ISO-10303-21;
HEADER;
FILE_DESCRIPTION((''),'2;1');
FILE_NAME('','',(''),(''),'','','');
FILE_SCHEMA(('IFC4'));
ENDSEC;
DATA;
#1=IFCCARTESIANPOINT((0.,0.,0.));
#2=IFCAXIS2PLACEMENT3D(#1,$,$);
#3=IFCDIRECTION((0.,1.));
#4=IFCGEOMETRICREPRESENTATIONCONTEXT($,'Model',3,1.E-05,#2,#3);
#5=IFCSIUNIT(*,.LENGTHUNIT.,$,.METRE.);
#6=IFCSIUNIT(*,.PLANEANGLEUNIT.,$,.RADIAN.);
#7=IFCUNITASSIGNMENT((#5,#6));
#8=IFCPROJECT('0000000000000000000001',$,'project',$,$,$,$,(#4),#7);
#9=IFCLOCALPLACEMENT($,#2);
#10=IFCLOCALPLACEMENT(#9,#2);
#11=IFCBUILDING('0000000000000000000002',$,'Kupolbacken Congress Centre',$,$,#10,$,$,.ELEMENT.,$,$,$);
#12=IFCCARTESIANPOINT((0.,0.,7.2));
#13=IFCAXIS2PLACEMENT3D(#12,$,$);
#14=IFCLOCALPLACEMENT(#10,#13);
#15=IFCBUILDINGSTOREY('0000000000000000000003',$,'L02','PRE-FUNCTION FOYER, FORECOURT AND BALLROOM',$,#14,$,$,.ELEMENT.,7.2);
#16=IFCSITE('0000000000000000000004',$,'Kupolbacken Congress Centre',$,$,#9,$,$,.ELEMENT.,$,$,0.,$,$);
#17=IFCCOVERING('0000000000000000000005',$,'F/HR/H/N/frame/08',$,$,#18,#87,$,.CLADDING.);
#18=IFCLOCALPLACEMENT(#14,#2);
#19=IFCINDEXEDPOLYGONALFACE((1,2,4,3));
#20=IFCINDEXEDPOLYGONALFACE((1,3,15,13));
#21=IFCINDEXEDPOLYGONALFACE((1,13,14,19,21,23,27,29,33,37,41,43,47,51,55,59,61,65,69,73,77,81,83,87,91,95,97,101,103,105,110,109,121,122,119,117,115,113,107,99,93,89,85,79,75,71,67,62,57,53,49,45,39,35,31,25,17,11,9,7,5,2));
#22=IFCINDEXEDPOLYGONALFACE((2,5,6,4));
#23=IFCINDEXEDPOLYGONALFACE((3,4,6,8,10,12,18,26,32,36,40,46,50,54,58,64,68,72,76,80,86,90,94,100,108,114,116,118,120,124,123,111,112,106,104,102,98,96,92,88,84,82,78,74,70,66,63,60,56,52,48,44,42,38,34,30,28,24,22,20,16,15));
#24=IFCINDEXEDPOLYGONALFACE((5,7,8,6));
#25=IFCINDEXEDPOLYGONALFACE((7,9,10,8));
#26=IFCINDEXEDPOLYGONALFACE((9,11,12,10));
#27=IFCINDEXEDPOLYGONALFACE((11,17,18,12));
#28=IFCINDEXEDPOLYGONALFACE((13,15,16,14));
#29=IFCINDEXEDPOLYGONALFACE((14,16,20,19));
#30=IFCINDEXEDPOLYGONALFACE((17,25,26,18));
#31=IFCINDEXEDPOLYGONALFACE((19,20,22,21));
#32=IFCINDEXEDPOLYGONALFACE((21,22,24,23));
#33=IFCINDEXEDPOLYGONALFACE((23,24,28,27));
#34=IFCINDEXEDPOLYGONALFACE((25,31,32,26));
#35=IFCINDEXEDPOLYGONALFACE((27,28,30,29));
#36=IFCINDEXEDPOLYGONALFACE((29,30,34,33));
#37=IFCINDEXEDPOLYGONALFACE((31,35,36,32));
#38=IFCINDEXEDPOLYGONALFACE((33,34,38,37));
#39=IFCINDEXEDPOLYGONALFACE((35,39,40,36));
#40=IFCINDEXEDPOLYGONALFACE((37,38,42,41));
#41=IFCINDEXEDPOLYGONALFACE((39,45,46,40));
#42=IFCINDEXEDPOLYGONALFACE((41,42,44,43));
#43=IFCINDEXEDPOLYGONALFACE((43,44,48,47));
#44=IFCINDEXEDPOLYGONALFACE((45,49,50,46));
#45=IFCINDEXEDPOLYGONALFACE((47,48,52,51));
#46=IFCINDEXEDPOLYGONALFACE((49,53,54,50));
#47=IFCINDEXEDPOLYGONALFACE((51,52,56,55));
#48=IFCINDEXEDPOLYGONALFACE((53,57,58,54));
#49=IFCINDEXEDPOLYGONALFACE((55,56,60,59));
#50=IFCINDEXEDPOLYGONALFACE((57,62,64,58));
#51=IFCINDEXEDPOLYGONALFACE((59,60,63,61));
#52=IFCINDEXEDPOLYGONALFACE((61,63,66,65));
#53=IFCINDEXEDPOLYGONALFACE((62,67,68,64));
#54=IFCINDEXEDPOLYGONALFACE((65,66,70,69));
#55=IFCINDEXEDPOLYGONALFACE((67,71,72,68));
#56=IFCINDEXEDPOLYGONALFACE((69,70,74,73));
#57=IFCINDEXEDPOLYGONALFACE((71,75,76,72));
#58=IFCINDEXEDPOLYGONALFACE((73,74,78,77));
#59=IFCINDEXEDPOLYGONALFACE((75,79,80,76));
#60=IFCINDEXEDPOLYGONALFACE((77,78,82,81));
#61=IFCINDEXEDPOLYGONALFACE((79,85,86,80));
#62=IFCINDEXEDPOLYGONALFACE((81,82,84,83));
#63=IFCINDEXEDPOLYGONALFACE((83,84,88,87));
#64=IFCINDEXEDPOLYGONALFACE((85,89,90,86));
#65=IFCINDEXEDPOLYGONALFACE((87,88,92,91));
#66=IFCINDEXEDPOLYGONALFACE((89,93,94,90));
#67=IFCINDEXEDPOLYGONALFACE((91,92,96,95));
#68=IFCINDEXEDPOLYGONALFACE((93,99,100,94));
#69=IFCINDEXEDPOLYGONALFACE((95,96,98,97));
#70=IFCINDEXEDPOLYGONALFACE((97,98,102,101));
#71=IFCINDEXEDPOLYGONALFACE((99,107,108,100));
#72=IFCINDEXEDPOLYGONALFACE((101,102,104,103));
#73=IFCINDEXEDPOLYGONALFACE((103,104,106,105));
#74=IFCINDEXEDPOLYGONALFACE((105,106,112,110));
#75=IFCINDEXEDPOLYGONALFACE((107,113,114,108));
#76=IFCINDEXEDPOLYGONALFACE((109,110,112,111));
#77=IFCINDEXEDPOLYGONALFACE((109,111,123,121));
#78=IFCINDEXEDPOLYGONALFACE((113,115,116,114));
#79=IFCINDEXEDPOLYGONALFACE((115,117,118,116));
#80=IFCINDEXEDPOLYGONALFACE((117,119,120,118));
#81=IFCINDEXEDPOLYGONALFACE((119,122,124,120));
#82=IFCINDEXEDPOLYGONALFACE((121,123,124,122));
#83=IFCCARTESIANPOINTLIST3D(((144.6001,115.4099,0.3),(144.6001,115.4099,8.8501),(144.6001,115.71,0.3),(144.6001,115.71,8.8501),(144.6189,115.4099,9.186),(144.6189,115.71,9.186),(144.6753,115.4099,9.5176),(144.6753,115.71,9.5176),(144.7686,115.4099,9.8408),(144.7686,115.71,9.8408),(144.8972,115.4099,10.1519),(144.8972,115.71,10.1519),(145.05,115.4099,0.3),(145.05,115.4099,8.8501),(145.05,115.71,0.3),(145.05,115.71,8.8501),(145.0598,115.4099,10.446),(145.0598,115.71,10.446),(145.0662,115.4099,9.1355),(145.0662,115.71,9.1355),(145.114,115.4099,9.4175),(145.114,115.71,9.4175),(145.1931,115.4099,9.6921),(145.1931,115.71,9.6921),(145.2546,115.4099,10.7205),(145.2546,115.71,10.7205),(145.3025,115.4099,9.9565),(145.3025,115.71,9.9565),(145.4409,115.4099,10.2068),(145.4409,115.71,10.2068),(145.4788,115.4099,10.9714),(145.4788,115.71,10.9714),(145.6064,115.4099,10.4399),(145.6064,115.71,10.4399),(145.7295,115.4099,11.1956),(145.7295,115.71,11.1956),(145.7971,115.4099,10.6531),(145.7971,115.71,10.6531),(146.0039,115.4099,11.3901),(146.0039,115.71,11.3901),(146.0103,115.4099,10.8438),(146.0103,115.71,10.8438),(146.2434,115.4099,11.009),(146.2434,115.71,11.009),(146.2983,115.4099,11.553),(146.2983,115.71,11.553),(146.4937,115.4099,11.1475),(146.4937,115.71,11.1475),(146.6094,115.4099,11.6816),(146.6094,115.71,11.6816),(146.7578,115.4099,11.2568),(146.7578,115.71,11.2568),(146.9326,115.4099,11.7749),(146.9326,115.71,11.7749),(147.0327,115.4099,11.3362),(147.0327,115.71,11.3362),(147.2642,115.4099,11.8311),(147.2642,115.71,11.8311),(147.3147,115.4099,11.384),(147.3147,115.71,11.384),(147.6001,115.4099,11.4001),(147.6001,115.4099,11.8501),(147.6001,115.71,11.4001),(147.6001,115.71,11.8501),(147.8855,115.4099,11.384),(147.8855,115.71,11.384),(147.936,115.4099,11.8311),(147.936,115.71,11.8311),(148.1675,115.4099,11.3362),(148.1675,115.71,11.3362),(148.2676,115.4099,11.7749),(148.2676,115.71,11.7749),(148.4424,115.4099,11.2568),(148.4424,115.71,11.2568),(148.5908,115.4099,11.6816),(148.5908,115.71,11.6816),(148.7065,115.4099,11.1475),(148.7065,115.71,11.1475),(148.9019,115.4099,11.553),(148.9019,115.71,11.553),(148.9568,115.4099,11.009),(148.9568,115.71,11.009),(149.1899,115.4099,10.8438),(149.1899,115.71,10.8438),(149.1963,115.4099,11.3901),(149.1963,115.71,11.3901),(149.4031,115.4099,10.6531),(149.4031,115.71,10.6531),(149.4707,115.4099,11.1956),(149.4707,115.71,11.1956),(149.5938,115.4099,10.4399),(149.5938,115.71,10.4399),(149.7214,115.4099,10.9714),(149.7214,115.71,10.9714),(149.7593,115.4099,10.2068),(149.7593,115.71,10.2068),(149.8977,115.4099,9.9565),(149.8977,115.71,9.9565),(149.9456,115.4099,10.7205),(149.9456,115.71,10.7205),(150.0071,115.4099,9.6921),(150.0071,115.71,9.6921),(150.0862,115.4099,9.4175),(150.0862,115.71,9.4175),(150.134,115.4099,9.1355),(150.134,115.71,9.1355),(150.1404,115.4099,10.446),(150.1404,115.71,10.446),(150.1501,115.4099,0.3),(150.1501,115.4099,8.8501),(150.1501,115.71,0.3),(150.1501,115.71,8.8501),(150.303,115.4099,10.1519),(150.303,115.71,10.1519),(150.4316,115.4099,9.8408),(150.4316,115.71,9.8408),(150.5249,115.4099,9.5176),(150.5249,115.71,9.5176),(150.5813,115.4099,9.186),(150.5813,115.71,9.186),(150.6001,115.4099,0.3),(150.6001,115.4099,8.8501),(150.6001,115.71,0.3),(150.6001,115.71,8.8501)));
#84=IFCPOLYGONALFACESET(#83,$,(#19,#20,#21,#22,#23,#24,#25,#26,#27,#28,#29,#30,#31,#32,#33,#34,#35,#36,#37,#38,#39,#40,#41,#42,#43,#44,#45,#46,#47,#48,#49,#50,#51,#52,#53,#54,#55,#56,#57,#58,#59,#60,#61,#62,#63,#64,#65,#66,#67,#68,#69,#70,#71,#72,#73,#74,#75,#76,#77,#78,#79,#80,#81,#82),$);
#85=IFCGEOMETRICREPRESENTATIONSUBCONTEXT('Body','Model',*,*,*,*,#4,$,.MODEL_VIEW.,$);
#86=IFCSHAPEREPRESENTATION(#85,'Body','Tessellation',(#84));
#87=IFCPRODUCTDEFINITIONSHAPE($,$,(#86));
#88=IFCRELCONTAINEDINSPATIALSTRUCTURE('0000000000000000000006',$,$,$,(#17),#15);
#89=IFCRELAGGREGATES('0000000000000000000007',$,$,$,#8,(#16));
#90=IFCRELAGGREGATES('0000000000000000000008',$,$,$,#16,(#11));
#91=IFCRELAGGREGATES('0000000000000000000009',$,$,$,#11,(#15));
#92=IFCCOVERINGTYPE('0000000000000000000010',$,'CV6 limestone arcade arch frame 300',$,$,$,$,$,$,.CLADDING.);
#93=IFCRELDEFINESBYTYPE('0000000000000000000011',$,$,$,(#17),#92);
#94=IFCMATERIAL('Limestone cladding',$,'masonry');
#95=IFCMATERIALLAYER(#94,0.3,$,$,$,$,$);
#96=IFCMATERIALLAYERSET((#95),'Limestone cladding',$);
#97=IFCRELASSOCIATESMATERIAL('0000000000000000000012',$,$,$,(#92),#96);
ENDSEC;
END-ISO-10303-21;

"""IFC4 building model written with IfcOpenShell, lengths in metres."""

from ifc_helpers import new_model, si_unit, direction, frame, origin, place, context, subcontext, project, spatial, polyline, outline, extrude, material, layer, layer_set, type_object, element, save


model = new_model("IFC4")

# Units and contexts
model_context = context("Model", 3, precision=1e-05, world=origin(), true_north=direction((0.0, 1.0)))
body_context = subcontext(model_context, "Body", "Model", "MODEL_VIEW")
ifc_project = project(units=[si_unit("LENGTHUNIT", "METRE"), si_unit("PLANEANGLEUNIT", "RADIAN")], contexts=[model_context])

# Site, building, storey
site_placement = place(None, origin())
site = spatial("IfcSite", under=ifc_project, at=site_placement, Name="Kupolbacken Congress Centre", CompositionType="ELEMENT", RefElevation=0.0)
building_placement = place(site_placement, origin())
building = spatial("IfcBuilding", under=site, at=building_placement, Name="Kupolbacken Congress Centre", CompositionType="ELEMENT")
storey_placement = place(building_placement, frame((0.0, 0.0, 7.2)))
storey = spatial("IfcBuildingStorey", under=building, at=storey_placement, Name="L02", Description="PRE-FUNCTION FOYER, FORECOURT AND BALLROOM", CompositionType="ELEMENT", Elevation=7.2)

# Covering
ifc_material_1 = material(Name="Limestone cladding", Category="masonry")
ifc_layer_1 = layer(ifc_material_1, 0.3)
ifc_layer_set_1 = layer_set([ifc_layer_1], Name="Limestone cladding")
covering_type_1 = type_object("IfcCoveringType", Name="CV6 limestone arcade arch frame 300", PredefinedType="CLADDING", material=ifc_layer_set_1)
covering_1_placement = place(storey_placement, frame((144.6001, 115.4099, 0.3), z_axis=(0.0, 1.0, 0.0), x_axis=(-1.0, 0.0, 0.0)))
element("IfcCovering", 1, at=covering_1_placement, inside=storey, type_object=covering_type_1, Name="F/HR/H/N/frame/08", PredefinedType="CLADDING", context=body_context, shape_type="SweptSolid", body=[
    extrude(outline(polyline([(0.0, 0.0), (0.0, 8.55), (-0.0188, 8.886), (-0.0752, 9.2175), (-0.1685, 9.5408), (-0.2971, 9.8518), (-0.4597, 10.146), (-0.6545, 10.4204), (-0.8787, 10.6714), (-1.1294, 10.8955), (-1.4038, 11.0901), (-1.6982, 11.2529), (-2.0093, 11.3816), (-2.3325, 11.4749), (-2.6641, 11.531), (-3.0, 11.55), (-3.3359, 11.531), (-3.6675, 11.4749), (-3.9907, 11.3816), (-4.3018, 11.2529), (-4.5962, 11.0901), (-4.8706, 10.8955), (-5.1213, 10.6714), (-5.3455, 10.4204), (-5.5403, 10.146), (-5.7029, 9.8518), (-5.8315, 9.5408), (-5.9248, 9.2175), (-5.9812, 8.886), (-6.0, 8.55), (-6.0, 0.0), (-5.55, 0.0), (-5.55, 8.55), (-5.5339, 8.8354), (-5.4861, 9.1174), (-5.407, 9.3921), (-5.2976, 9.6565), (-5.1592, 9.9067), (-4.9937, 10.1399), (-4.803, 10.353), (-4.5898, 10.5437), (-4.3567, 10.709), (-4.1064, 10.8474), (-3.8423, 10.9568), (-3.5674, 11.0361), (-3.2854, 11.084), (-3.0, 11.1001), (-2.7146, 11.084), (-2.4326, 11.0361), (-2.1577, 10.9568), (-1.8936, 10.8474), (-1.6433, 10.709), (-1.4102, 10.5437), (-1.197, 10.353), (-1.0063, 10.1399), (-0.8408, 9.9067), (-0.7024, 9.6565), (-0.593, 9.3921), (-0.5139, 9.1174), (-0.4661, 8.8354), (-0.45, 8.55), (-0.45, 0.0), (0.0, 0.0)])), origin(), (0.0, 0.0, 1.0), 0.3),
])

save(model, "model.ifc")
